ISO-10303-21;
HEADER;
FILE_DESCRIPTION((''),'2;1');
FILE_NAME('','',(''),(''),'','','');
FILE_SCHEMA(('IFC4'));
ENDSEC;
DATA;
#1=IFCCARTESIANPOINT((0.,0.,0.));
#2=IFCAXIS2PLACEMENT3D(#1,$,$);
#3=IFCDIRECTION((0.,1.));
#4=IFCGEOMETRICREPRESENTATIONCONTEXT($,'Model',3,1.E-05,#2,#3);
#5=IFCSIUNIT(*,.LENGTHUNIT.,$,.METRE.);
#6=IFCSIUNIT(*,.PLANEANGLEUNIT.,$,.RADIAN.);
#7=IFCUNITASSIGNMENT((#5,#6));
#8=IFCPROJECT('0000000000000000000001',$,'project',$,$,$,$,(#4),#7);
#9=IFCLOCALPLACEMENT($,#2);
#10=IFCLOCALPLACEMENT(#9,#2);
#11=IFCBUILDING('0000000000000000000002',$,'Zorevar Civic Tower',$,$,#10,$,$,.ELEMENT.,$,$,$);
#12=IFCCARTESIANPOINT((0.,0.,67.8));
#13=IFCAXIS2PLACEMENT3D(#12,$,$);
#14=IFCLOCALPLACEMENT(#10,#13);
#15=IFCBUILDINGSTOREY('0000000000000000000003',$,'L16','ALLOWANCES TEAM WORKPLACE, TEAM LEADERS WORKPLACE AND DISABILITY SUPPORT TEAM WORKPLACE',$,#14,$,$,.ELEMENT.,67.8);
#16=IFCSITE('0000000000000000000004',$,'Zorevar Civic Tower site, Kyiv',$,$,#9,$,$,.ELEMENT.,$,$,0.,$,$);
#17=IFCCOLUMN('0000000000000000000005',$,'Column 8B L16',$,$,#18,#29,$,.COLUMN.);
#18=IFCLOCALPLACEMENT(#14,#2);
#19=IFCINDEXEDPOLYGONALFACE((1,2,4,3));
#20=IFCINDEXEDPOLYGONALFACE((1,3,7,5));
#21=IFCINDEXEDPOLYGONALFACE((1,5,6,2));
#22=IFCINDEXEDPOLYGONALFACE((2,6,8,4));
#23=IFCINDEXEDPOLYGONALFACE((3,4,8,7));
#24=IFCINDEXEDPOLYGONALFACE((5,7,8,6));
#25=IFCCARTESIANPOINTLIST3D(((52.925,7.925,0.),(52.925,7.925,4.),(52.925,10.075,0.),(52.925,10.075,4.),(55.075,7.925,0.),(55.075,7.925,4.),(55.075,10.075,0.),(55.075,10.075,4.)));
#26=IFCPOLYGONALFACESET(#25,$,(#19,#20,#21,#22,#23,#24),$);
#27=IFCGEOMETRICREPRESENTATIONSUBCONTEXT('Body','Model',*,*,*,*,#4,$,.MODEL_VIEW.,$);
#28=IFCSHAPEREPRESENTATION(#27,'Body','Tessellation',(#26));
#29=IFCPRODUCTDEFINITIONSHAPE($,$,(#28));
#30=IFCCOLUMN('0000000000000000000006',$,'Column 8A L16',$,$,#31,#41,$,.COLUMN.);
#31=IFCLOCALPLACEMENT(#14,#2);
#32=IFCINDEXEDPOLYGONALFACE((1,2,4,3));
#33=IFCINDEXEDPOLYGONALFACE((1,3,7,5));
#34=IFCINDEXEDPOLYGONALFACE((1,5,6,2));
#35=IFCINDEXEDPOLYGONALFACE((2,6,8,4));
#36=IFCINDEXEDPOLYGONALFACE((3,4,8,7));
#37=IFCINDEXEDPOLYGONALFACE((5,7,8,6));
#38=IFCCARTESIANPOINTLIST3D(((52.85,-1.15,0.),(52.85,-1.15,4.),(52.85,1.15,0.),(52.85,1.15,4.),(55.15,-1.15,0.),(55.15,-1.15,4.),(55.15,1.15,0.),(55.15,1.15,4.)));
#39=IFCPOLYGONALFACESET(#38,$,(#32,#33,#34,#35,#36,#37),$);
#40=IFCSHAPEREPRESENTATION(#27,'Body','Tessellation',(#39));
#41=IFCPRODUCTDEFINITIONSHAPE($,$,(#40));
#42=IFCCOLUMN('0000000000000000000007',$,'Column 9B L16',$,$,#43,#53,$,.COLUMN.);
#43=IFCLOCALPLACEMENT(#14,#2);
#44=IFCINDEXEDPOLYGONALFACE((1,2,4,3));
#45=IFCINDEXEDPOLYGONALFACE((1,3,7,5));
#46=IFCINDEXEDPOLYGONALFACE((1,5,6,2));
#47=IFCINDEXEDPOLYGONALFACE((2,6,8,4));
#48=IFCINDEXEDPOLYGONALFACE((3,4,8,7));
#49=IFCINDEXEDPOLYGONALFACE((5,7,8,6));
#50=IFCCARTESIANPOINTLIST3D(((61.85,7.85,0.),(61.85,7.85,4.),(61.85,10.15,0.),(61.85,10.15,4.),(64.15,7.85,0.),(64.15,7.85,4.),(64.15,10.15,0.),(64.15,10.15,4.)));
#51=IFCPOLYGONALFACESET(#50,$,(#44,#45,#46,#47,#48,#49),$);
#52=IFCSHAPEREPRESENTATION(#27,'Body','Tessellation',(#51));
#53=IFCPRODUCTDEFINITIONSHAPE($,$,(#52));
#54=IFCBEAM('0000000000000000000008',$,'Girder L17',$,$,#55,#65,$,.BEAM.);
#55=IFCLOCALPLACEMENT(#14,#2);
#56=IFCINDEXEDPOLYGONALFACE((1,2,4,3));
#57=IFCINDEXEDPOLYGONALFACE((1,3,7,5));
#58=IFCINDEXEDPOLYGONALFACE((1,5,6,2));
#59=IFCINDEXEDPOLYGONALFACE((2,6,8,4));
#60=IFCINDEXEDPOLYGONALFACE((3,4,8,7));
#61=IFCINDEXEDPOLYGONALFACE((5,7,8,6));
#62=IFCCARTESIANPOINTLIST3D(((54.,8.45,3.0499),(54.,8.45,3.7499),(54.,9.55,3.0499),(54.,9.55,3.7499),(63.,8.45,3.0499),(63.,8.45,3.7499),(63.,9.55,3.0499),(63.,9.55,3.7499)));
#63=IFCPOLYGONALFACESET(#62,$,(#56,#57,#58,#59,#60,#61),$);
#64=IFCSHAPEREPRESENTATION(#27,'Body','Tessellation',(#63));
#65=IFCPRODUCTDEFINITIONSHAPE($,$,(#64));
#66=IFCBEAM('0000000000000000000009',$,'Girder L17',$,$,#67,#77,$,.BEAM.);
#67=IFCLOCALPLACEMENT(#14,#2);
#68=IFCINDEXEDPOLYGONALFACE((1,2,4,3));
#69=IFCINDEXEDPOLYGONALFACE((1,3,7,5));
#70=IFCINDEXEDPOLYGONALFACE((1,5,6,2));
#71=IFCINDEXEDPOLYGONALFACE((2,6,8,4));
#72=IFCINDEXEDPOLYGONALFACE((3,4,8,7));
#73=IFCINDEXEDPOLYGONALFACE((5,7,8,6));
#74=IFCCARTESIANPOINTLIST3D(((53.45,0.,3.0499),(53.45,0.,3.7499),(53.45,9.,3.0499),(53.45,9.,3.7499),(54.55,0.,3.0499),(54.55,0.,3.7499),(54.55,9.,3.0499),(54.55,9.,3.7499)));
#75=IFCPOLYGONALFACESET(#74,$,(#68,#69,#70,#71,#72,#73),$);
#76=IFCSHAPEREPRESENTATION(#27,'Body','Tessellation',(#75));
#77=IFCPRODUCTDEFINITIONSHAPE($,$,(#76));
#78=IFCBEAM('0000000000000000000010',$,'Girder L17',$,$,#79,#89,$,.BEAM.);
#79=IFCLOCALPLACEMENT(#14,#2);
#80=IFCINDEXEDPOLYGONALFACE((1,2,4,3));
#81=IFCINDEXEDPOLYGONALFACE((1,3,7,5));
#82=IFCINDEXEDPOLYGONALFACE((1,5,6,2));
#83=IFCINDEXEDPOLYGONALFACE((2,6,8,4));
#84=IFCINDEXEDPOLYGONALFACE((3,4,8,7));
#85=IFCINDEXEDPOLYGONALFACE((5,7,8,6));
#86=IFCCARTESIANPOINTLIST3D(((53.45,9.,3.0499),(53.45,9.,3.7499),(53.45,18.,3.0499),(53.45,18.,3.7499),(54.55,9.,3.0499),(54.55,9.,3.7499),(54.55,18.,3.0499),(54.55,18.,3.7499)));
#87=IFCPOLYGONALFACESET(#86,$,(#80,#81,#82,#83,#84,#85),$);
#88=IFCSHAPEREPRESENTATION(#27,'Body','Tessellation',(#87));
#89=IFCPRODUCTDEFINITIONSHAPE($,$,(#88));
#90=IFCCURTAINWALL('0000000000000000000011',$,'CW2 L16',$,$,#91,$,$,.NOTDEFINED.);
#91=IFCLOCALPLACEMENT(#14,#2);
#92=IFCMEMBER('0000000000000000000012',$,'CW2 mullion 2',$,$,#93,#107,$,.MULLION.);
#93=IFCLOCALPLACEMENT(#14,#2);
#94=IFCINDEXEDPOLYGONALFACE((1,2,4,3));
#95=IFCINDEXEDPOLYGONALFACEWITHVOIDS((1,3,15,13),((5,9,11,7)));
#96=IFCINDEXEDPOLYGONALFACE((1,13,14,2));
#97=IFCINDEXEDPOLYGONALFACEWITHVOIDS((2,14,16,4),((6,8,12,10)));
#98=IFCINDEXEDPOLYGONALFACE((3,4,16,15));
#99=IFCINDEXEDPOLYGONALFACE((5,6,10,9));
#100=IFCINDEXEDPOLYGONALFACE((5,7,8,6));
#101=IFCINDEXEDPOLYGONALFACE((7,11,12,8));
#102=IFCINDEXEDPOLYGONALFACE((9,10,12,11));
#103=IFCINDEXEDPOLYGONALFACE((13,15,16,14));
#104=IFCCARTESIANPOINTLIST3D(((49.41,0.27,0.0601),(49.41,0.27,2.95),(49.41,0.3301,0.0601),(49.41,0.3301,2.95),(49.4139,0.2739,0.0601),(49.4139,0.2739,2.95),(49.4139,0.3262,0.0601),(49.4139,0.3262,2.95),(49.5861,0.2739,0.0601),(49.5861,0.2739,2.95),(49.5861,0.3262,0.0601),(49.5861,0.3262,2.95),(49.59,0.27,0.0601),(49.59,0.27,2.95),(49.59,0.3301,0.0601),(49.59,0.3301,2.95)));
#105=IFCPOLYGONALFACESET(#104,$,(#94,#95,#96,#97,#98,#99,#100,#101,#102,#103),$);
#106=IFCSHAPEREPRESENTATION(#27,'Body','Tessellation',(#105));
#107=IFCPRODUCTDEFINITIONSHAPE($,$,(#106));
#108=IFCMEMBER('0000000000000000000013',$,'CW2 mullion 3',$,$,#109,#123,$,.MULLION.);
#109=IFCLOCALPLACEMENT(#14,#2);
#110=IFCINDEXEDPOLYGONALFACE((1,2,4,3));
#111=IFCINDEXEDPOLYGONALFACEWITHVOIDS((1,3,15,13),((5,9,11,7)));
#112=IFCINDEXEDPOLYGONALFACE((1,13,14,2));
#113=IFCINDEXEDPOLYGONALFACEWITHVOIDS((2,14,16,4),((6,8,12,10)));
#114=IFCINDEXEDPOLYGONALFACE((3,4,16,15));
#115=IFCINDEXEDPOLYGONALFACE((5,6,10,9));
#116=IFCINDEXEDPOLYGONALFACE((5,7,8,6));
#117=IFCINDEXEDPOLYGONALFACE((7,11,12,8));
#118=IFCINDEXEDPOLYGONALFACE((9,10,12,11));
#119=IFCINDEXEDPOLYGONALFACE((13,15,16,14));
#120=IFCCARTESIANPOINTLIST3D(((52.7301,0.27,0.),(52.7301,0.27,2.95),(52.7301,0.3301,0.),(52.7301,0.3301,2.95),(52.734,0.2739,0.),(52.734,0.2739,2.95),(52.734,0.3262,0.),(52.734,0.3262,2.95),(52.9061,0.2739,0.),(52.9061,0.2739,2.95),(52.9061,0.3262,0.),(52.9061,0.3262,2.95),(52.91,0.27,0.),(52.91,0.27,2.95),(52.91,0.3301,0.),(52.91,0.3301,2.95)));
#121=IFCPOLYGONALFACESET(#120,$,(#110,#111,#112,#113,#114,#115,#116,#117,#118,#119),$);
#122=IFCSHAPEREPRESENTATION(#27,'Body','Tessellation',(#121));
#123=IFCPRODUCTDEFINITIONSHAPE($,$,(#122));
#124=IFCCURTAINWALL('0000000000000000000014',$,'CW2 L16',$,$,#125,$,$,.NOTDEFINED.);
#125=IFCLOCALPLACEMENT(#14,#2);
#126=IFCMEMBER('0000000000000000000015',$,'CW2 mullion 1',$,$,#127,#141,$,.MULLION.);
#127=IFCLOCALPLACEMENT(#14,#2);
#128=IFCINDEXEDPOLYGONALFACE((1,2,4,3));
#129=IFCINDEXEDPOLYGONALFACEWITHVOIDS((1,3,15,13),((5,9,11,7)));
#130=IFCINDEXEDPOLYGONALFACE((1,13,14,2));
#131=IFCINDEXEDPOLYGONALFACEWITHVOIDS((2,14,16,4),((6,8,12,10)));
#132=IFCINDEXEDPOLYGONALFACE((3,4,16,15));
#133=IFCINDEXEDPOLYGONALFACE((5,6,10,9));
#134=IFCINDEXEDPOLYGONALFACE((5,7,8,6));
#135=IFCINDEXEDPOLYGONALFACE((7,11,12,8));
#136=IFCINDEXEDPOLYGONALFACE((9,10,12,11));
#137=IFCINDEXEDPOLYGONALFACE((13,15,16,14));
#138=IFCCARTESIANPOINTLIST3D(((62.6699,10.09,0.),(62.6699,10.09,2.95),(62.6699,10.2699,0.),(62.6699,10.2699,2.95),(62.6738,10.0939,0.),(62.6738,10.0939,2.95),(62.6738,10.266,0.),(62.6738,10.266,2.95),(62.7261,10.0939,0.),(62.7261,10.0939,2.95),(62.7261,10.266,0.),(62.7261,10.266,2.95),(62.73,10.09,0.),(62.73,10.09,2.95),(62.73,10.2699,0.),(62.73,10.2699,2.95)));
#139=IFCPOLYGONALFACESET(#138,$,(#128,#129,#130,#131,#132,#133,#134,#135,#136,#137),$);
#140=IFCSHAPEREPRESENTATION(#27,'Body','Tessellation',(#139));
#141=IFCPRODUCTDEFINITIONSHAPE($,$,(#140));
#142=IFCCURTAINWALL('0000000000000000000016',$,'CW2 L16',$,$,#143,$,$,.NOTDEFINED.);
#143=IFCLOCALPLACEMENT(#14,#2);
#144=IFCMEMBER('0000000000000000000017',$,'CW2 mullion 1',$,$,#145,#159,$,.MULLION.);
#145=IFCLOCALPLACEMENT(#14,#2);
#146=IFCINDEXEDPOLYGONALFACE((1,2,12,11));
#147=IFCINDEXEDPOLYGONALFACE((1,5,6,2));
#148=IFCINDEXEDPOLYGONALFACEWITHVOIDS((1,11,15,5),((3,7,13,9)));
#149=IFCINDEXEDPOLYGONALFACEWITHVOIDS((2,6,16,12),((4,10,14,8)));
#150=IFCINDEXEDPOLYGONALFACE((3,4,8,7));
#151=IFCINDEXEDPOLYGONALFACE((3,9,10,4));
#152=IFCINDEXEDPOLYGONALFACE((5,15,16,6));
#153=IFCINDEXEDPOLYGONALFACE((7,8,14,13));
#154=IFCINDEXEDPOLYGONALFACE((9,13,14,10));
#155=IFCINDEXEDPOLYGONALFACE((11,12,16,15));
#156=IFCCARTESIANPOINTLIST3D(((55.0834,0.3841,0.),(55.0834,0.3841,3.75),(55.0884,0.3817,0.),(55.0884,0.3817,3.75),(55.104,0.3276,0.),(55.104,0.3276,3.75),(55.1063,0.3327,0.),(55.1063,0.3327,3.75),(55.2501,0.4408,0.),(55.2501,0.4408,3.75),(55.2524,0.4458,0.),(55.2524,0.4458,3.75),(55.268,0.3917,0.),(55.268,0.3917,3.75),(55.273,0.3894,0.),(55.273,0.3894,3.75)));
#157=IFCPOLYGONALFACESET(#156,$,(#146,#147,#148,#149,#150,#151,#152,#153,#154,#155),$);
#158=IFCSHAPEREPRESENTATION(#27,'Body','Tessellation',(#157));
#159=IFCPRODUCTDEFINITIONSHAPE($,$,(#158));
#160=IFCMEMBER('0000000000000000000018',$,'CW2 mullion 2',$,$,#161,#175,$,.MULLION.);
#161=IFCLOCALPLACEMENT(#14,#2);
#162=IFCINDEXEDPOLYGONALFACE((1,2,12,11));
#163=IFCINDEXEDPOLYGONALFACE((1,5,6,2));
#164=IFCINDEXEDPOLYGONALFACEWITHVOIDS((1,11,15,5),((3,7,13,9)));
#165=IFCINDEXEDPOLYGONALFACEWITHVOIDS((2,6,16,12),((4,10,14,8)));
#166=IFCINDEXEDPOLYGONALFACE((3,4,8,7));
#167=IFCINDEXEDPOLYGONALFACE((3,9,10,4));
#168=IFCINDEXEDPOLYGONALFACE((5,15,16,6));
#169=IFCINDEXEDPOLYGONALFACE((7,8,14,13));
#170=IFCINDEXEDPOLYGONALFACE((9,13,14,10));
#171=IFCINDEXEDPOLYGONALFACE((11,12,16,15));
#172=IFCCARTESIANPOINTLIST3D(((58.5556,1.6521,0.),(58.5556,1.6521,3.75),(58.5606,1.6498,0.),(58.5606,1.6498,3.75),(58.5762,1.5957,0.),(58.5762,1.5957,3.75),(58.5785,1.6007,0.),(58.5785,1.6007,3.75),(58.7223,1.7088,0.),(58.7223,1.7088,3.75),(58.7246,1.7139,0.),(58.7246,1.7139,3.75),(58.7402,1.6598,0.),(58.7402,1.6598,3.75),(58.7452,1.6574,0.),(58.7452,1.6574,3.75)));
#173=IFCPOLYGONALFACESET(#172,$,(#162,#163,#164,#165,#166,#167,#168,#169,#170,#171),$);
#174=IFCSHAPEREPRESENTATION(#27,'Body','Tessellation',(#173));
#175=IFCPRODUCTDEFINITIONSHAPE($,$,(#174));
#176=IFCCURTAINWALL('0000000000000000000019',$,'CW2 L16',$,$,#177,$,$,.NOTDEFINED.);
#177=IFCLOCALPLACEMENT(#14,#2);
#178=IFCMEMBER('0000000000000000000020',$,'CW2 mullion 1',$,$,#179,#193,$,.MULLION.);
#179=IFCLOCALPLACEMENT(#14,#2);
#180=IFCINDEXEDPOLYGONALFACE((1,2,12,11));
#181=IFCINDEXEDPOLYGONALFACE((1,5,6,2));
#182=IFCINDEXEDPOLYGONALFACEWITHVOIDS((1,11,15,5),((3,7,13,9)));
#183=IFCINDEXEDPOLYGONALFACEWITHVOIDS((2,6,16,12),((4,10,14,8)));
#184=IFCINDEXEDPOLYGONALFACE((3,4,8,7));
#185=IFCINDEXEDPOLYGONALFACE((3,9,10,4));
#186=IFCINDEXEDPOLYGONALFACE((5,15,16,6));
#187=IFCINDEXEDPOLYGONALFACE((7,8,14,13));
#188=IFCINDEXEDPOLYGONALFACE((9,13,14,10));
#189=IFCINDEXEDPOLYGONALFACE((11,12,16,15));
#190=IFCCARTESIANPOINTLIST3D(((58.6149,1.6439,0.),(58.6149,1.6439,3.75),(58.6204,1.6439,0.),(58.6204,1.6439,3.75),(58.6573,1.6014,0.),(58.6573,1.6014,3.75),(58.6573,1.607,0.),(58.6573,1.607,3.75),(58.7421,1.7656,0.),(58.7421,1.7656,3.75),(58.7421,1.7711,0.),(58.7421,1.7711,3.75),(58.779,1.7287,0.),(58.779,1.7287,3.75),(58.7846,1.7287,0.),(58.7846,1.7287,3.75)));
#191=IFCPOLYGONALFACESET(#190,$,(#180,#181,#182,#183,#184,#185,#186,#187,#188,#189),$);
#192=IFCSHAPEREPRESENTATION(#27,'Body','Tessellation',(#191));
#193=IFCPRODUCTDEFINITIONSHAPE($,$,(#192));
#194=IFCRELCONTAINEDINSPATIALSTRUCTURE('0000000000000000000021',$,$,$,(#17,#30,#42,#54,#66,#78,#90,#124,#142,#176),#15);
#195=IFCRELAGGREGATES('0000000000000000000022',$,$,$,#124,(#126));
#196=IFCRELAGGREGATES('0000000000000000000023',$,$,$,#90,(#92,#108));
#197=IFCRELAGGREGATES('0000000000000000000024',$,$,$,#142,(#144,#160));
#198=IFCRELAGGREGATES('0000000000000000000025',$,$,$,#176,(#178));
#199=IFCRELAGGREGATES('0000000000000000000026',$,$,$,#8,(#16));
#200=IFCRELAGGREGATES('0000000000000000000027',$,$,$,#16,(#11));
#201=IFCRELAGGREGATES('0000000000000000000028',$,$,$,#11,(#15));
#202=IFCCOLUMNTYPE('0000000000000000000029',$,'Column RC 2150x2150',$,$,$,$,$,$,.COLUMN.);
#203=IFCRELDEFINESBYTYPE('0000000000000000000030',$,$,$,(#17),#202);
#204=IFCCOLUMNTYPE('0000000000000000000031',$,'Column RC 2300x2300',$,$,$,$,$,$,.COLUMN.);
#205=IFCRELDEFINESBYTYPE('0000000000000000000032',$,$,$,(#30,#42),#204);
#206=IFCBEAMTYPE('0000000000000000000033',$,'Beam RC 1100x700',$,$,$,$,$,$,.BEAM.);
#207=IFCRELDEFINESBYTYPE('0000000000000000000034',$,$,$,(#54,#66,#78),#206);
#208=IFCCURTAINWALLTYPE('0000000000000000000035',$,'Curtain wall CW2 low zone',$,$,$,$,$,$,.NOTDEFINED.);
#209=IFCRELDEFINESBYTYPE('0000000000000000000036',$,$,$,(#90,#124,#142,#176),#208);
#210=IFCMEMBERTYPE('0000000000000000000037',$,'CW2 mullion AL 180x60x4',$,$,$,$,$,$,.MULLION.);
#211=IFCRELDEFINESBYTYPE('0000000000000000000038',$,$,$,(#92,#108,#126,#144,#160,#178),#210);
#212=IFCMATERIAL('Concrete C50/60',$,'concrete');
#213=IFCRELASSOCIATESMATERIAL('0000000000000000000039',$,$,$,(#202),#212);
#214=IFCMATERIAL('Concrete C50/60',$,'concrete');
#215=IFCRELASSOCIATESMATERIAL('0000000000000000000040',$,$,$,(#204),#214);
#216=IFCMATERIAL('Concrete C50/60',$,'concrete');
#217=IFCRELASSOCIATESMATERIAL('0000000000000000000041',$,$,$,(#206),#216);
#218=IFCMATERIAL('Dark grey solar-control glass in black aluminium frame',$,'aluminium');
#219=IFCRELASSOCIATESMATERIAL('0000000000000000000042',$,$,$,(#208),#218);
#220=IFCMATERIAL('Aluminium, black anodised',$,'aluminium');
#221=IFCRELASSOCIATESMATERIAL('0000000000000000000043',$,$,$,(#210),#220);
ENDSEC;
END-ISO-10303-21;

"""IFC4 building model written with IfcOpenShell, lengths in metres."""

from ifc_helpers import new_model, si_unit, direction, frame, origin, origin_2d, place, context, subcontext, project, spatial, rectangle, hollow_rectangle, extrude, material, material_profile, profile_set, type_object, element, aggregate, save


model = new_model("IFC4")

# Units and contexts
model_context = context("Model", 3, precision=1e-05, world=origin(), true_north=direction((0.0, 1.0)))
body_context = subcontext(model_context, "Body", "Model", "MODEL_VIEW")
ifc_project = project(units=[si_unit("LENGTHUNIT", "METRE"), si_unit("PLANEANGLEUNIT", "RADIAN")], contexts=[model_context])

# Site, building, storey
site_placement = place(None, origin())
site = spatial("IfcSite", under=ifc_project, at=site_placement, Name="Zorevar Civic Tower site, Kyiv", CompositionType="ELEMENT", RefElevation=0.0)
building_placement = place(site_placement, origin())
building = spatial("IfcBuilding", under=site, at=building_placement, Name="Zorevar Civic Tower", CompositionType="ELEMENT")
storey_placement = place(building_placement, frame((0.0, 0.0, 67.8)))
storey = spatial("IfcBuildingStorey", under=building, at=storey_placement, Name="L16", Description="ALLOWANCES TEAM WORKPLACE, TEAM LEADERS WORKPLACE AND DISABILITY SUPPORT TEAM WORKPLACE", CompositionType="ELEMENT", Elevation=67.8)

# Columns
ifc_material_1 = material(Name="Concrete C50/60", Category="concrete")
ifc_material_profile_1 = material_profile(ifc_material_1, rectangle(XDim=2.1499, YDim=2.1499, at=origin_2d()), Name="RC 2150x2150")
ifc_profile_set_1 = profile_set([ifc_material_profile_1], Name="Concrete C50/60")
column_type_1 = type_object("IfcColumnType", Name="Column RC 2150x2150", PredefinedType="COLUMN", material=ifc_profile_set_1)
column_placement = place(storey_placement, frame((54.0, 9.0, 0.0), z_axis=(0.0, 0.0, 1.0), x_axis=(1.0, 0.0, 0.0)))
element("IfcColumn", 1, at=column_placement, inside=storey, type_object=column_type_1, Name="Column 8B L16", PredefinedType="COLUMN", context=body_context, shape_type="SweptSolid", body=[
    extrude(rectangle(XDim=2.1499, YDim=2.1499, at=origin_2d()), origin(), (0.0, 0.0, 1.0), 4.0),
])
ifc_material_2 = material(Name="Concrete C50/60", Category="concrete")
ifc_material_profile_2 = material_profile(ifc_material_2, rectangle(XDim=2.3, YDim=2.3, at=origin_2d()), Name="RC 2300x2300")
ifc_profile_set_2 = profile_set([ifc_material_profile_2], Name="Concrete C50/60")
column_type_2 = type_object("IfcColumnType", Name="Column RC 2300x2300", PredefinedType="COLUMN", material=ifc_profile_set_2)
for number, where, z_axis, x_axis, name in (
    (2, (54.0, 0.0, 0.0), (0.0, 0.0, 1.0), (1.0, 0.0, 0.0), "Column 8A L16"),
    (3, (63.0, 9.0, 0.0), (0.0, 0.0, 1.0), (1.0, 0.0, 0.0), "Column 9B L16"),
):
    element("IfcColumn", number, at=place(storey_placement, frame(where, z_axis=z_axis, x_axis=x_axis)), inside=storey, type_object=column_type_2, Name=name, PredefinedType="COLUMN", context=body_context, shape_type="SweptSolid", body=[
        extrude(rectangle(XDim=2.3, YDim=2.3, at=origin_2d()), origin(), (0.0, 0.0, 1.0), 4.0),
    ])

# Beams
ifc_material_3 = material(Name="Concrete C50/60", Category="concrete")
ifc_material_profile_3 = material_profile(ifc_material_3, rectangle(XDim=1.1001, YDim=0.7, at=origin_2d()), Name="RC 1100x700")
ifc_profile_set_3 = profile_set([ifc_material_profile_3], Name="Concrete C50/60")
beam_type_1 = type_object("IfcBeamType", Name="Beam RC 1100x700", PredefinedType="BEAM", material=ifc_profile_set_3)
for number, where, z_axis, x_axis, name in (
    (4, (54.0, 9.0, 3.3999), (1.0, 0.0, 0.0), (0.0, 1.0, 0.0), "Girder L17"),
    (5, (54.0, 0.0, 3.3999), (0.0, 1.0, 0.0), (-1.0, 0.0, 0.0), "Girder L17"),
    (6, (54.0, 9.0, 3.3999), (0.0, 1.0, 0.0), (-1.0, 0.0, 0.0), "Girder L17"),
):
    element("IfcBeam", number, at=place(storey_placement, frame(where, z_axis=z_axis, x_axis=x_axis)), inside=storey, type_object=beam_type_1, Name=name, PredefinedType="BEAM", context=body_context, shape_type="SweptSolid", body=[
        extrude(rectangle(XDim=1.1001, YDim=0.7, at=origin_2d()), origin(), (0.0, 0.0, 1.0), 9.0),
    ])

# Curtain wall, members
ifc_material_4 = material(Name="Dark grey solar-control glass in black aluminium frame", Category="aluminium")
curtain_wall_type = type_object("IfcCurtainWallType", Name="Curtain wall CW2 low zone", PredefinedType="NOTDEFINED", material=ifc_material_4)
curtain_wall_1_placement = place(storey_placement, origin())
curtain_wall_1 = element("IfcCurtainWall", 7, at=curtain_wall_1_placement, inside=storey, type_object=curtain_wall_type, Name="CW2 L16", PredefinedType="NOTDEFINED")
ifc_material_5 = material(Name="Aluminium, black anodised", Category="aluminium")
ifc_material_profile_4 = material_profile(ifc_material_5, hollow_rectangle(XDim=0.0601, YDim=0.1799, WallThickness=0.0039, at=origin_2d()), Name="AL 180x60x4")
ifc_profile_set_4 = profile_set([ifc_material_profile_4], Name="Aluminium, black anodised")
member_type_1 = type_object("IfcMemberType", Name="CW2 mullion AL 180x60x4", PredefinedType="MULLION", material=ifc_profile_set_4)
member_1_placement = place(storey_placement, frame((49.5, 0.3, 0.0601), z_axis=(0.0, 0.0, 1.0), x_axis=(0.0, 1.0, 0.0)))
member_1 = element("IfcMember", 8, at=member_1_placement, type_object=member_type_1, Name="CW2 mullion 2", PredefinedType="MULLION", context=body_context, shape_type="SweptSolid", body=[
    extrude(hollow_rectangle(XDim=0.0601, YDim=0.1799, WallThickness=0.0039, at=origin_2d()), origin(), (0.0, 0.0, 1.0), 2.8899),
])
member_2_placement = place(storey_placement, frame((52.8201, 0.3, 0.0), z_axis=(0.0, 0.0, 1.0), x_axis=(0.0, 1.0, 0.0)))
member_2 = element("IfcMember", 9, at=member_2_placement, type_object=member_type_1, Name="CW2 mullion 3", PredefinedType="MULLION", context=body_context, shape_type="SweptSolid", body=[
    extrude(hollow_rectangle(XDim=0.0601, YDim=0.1799, WallThickness=0.0039, at=origin_2d()), origin(), (0.0, 0.0, 1.0), 2.95),
])

# Curtain wall, member
curtain_wall_2_placement = place(storey_placement, origin())
curtain_wall_2 = element("IfcCurtainWall", 10, at=curtain_wall_2_placement, inside=storey, type_object=curtain_wall_type, Name="CW2 L16", PredefinedType="NOTDEFINED")
member_3_placement = place(storey_placement, frame((62.7, 10.1799, 0.0), z_axis=(0.0, 0.0, 1.0), x_axis=(-1.0, 0.0, 0.0)))
member_3 = element("IfcMember", 11, at=member_3_placement, type_object=member_type_1, Name="CW2 mullion 1", PredefinedType="MULLION", context=body_context, shape_type="SweptSolid", body=[
    extrude(hollow_rectangle(XDim=0.0601, YDim=0.1799, WallThickness=0.0039, at=origin_2d()), origin(), (0.0, 0.0, 1.0), 2.95),
])
aggregate(curtain_wall_2, [member_3])

# Curtain walls, members
curtain_wall_3_placement = place(storey_placement, origin())
curtain_wall_3 = element("IfcCurtainWall", 12, at=curtain_wall_3_placement, inside=storey, type_object=curtain_wall_type, Name="CW2 L16", PredefinedType="NOTDEFINED")
member_4_placement = place(storey_placement, frame((55.1782, 0.3867, 0.0), z_axis=(0.0, 0.0, 1.0), x_axis=(-0.34306, 0.939313, 0.0)))
member_4 = element("IfcMember", 13, at=member_4_placement, type_object=member_type_1, Name="CW2 mullion 1", PredefinedType="MULLION", context=body_context, shape_type="SweptSolid", body=[
    extrude(hollow_rectangle(XDim=0.0601, YDim=0.1799, WallThickness=0.0039, at=origin_2d()), origin(), (0.0, 0.0, 1.0), 3.75),
])
member_5_placement = place(storey_placement, frame((58.6504, 1.6548, 0.0), z_axis=(0.0, 0.0, 1.0), x_axis=(-0.34306, 0.939313, 0.0)))
member_5 = element("IfcMember", 14, at=member_5_placement, type_object=member_type_1, Name="CW2 mullion 2", PredefinedType="MULLION", context=body_context, shape_type="SweptSolid", body=[
    extrude(hollow_rectangle(XDim=0.0601, YDim=0.1799, WallThickness=0.0039, at=origin_2d()), origin(), (0.0, 0.0, 1.0), 3.75),
])
curtain_wall_4_placement = place(storey_placement, origin())
curtain_wall_4 = element("IfcCurtainWall", 15, at=curtain_wall_4_placement, inside=storey, type_object=curtain_wall_type, Name="CW2 L16", PredefinedType="NOTDEFINED")
member_6_placement = place(storey_placement, frame((58.6997, 1.6863, 0.0), z_axis=(0.0, 0.0, 1.0), x_axis=(-0.707107, 0.707107, 0.0)))
member_6 = element("IfcMember", 16, at=member_6_placement, type_object=member_type_1, Name="CW2 mullion 1", PredefinedType="MULLION", context=body_context, shape_type="SweptSolid", body=[
    extrude(hollow_rectangle(XDim=0.0601, YDim=0.1799, WallThickness=0.0039, at=origin_2d()), origin(), (0.0, 0.0, 1.0), 3.75),
])

aggregate(curtain_wall_1, [member_1, member_2])
aggregate(curtain_wall_3, [member_4, member_5])
aggregate(curtain_wall_4, [member_6])

save(model, "model.ifc")
